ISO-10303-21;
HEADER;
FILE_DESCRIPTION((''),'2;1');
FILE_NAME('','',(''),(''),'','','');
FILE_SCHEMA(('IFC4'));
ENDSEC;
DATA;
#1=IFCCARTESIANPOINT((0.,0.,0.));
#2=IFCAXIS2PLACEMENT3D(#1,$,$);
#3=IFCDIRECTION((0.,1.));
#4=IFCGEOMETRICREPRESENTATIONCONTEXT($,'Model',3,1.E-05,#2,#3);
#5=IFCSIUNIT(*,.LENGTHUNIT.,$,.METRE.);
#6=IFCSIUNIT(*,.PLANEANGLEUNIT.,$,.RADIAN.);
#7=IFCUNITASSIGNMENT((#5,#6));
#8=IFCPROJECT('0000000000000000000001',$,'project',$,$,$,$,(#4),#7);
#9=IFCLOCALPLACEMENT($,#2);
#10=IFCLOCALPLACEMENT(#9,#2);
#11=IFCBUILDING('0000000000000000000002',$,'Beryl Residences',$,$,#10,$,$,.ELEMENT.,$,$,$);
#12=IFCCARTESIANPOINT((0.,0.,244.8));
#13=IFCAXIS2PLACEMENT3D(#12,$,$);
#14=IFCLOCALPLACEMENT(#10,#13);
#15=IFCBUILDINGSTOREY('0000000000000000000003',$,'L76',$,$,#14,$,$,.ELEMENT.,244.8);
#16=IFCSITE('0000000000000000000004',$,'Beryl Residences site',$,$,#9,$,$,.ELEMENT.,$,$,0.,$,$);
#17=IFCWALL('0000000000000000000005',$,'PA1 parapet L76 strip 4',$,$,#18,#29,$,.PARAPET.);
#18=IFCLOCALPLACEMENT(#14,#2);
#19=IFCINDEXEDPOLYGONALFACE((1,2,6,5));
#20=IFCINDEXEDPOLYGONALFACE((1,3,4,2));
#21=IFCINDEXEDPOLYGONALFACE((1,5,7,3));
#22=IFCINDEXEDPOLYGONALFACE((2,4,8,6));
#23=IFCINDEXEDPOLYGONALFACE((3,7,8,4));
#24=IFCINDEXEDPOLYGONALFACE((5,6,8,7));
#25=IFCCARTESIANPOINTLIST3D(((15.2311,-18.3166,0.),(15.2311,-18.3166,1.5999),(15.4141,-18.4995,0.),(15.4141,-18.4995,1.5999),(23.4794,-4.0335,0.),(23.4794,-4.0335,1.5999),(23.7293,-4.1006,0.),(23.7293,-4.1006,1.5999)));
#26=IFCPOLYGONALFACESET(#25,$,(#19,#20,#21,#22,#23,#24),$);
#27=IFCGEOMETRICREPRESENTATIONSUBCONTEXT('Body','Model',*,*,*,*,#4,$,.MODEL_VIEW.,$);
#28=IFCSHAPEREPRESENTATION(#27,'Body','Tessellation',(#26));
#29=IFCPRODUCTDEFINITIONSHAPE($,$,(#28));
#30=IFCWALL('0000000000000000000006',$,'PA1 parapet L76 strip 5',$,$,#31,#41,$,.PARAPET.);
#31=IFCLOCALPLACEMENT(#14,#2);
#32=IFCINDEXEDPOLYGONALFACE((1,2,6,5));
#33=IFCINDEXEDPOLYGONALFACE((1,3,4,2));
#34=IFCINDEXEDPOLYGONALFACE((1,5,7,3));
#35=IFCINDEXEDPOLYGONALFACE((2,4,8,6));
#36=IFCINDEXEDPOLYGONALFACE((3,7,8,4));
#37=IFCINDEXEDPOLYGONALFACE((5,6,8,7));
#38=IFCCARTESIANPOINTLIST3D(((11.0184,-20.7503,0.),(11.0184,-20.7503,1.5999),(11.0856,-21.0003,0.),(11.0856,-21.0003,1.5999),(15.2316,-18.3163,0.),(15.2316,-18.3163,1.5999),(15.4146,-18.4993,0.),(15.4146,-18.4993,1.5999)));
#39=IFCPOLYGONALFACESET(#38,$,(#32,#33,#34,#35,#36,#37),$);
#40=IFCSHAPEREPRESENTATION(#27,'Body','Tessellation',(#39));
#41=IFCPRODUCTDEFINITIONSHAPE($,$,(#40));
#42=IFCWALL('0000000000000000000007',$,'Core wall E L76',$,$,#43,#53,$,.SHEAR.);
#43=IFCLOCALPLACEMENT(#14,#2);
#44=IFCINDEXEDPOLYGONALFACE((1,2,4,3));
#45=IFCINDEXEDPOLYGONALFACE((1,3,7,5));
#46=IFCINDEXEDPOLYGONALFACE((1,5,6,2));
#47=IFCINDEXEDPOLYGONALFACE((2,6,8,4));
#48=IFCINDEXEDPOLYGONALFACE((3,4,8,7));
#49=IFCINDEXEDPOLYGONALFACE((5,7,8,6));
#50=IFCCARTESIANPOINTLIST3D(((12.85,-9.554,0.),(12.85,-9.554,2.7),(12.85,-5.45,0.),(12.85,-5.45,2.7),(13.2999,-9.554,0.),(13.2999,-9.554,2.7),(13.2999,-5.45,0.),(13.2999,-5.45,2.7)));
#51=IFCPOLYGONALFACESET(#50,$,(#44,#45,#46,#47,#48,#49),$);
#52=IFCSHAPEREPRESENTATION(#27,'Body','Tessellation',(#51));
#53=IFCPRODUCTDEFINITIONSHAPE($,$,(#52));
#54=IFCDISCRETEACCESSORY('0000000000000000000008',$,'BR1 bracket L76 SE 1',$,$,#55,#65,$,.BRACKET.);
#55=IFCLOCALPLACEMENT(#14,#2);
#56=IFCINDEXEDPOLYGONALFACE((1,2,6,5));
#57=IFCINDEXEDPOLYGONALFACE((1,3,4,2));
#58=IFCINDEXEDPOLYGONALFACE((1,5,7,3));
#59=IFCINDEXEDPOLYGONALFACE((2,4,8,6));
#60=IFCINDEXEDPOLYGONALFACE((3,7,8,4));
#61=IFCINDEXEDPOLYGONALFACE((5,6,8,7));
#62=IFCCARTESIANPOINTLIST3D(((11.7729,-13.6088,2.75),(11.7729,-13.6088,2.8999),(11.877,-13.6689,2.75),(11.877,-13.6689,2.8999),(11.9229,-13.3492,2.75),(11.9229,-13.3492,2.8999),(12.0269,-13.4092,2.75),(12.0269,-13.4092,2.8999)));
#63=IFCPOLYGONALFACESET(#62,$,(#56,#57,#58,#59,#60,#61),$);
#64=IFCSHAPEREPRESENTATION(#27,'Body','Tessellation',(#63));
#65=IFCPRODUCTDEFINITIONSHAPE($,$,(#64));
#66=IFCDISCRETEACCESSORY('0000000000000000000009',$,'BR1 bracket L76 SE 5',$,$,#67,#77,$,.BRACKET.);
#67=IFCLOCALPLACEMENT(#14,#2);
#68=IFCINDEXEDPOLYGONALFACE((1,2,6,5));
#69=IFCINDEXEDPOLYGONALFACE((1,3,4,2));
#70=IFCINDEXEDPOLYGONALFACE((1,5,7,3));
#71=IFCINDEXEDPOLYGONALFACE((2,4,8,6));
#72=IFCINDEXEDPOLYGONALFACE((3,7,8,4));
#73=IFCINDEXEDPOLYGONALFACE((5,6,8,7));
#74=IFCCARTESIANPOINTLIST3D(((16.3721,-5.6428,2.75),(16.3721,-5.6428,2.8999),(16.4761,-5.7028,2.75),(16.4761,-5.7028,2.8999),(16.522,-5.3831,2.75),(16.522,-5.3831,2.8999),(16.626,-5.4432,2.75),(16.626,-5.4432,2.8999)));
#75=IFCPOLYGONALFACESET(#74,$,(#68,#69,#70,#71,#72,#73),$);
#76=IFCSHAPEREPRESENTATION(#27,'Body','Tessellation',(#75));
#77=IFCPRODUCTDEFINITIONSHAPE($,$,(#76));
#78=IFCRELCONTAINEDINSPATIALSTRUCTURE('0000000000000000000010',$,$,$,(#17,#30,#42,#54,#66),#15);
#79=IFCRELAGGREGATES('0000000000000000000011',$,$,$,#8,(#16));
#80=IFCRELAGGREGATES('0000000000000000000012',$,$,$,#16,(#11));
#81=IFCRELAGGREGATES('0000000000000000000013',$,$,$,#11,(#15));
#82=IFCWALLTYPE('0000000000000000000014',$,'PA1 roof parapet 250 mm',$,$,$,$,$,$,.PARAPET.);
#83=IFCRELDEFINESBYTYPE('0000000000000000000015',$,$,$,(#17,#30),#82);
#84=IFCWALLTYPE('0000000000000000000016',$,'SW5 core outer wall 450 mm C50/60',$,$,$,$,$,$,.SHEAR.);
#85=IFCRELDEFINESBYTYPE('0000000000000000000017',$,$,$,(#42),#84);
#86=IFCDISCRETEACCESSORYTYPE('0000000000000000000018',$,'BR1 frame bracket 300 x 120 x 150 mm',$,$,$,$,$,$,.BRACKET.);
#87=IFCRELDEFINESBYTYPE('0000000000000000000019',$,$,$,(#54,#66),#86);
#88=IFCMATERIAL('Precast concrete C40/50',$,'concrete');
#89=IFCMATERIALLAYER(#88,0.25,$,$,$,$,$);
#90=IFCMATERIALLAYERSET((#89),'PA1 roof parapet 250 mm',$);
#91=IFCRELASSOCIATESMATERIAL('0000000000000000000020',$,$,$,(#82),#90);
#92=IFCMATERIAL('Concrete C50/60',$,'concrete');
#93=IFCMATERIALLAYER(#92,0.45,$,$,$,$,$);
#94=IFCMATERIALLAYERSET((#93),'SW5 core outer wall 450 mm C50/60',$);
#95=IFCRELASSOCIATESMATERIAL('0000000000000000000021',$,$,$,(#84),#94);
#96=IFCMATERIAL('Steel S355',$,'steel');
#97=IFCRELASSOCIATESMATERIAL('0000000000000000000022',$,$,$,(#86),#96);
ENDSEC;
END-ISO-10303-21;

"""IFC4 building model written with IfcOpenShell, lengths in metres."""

from ifc_helpers import new_model, si_unit, direction, frame, frame_2d, origin, place, context, subcontext, project, spatial, polyline, rectangle, outline, extrude, source, transform, mapped, material, layer, layer_set, type_object, type_shapes, element, save


model = new_model("IFC4")

# Units and contexts
model_context = context("Model", 3, precision=1e-05, world=origin(), true_north=direction((0.0, 1.0)))
body_context = subcontext(model_context, "Body", "Model", "MODEL_VIEW")
ifc_project = project(units=[si_unit("LENGTHUNIT", "METRE"), si_unit("PLANEANGLEUNIT", "RADIAN")], contexts=[model_context])

# Site, building, storey
site_placement = place(None, origin())
site = spatial("IfcSite", under=ifc_project, at=site_placement, Name="Beryl Residences site", CompositionType="ELEMENT", RefElevation=0.0)
building_placement = place(site_placement, origin())
building = spatial("IfcBuilding", under=site, at=building_placement, Name="Beryl Residences", CompositionType="ELEMENT")
storey_placement = place(building_placement, frame((0.0, 0.0, 244.8)))
storey = spatial("IfcBuildingStorey", under=building, at=storey_placement, Name="L76", CompositionType="ELEMENT", Elevation=244.8)

# Walls
ifc_material_1 = material(Name="Precast concrete C40/50", Category="concrete")
ifc_layer_1 = layer(ifc_material_1, 0.25)
ifc_layer_set_1 = layer_set([ifc_layer_1], Name="PA1 roof parapet 250 mm")
wall_type_1 = type_object("IfcWallType", Name="PA1 roof parapet 250 mm", PredefinedType="PARAPET", material=ifc_layer_set_1)
wall_1_placement = place(storey_placement, frame((23.6211, -4.0381, 0.0), z_axis=(0.0, 0.0, 1.0), x_axis=(-0.500088, -0.865974, 0.0)))
element("IfcWall", 1, at=wall_1_placement, inside=storey, type_object=wall_type_1, Name="PA1 parapet L76 strip 4", PredefinedType="PARAPET", context=body_context, shape_type="SweptSolid", body=[
    extrude(outline(polyline([(0.0669, -0.125), (16.5605, -0.125), (16.6274, 0.125), (0.0, 0.125), (0.0669, -0.125)])), origin(), (0.0, 0.0, 1.0), 1.5999),
])
wall_2_placement = place(storey_placement, frame((15.3521, -18.3911, 0.0), z_axis=(0.0, 0.0, 1.0), x_axis=(-0.86589, -0.500235, 0.0)))
element("IfcWall", 2, at=wall_2_placement, inside=storey, type_object=wall_type_1, Name="PA1 parapet L76 strip 5", PredefinedType="PARAPET", context=body_context, shape_type="SweptSolid", body=[
    extrude(outline(polyline([(0.0669, -0.125), (4.9326, -0.125), (4.9995, 0.125), (0.0, 0.125), (0.0669, -0.125)])), origin(), (0.0, 0.0, 1.0), 1.5999),
])
ifc_material_2 = material(Name="Concrete C50/60", Category="concrete")
ifc_layer_2 = layer(ifc_material_2, 0.45)
ifc_layer_set_2 = layer_set([ifc_layer_2], Name="SW5 core outer wall 450 mm C50/60")
wall_type_2 = type_object("IfcWallType", Name="SW5 core outer wall 450 mm C50/60", PredefinedType="SHEAR", material=ifc_layer_set_2)
wall_3_placement = place(storey_placement, frame((13.075, -9.554, 0.0), z_axis=(0.0, 0.0, 1.0), x_axis=(0.0, 1.0, 0.0)))
element("IfcWall", 3, at=wall_3_placement, inside=storey, type_object=wall_type_2, Name="Core wall E L76", PredefinedType="SHEAR", context=body_context, shape_type="SweptSolid", body=[
    extrude(rectangle(XDim=4.104, YDim=0.45, at=frame_2d((2.052, 0.0))), origin(), (0.0, 0.0, 1.0), 2.7),
])

# Discrete accessories
ifc_material_3 = material(Name="Steel S355", Category="steel")
discrete_accessory_type = type_object("IfcDiscreteAccessoryType", Name="BR1 frame bracket 300 x 120 x 150 mm", PredefinedType="BRACKET", material=ifc_material_3)
shared_shape_1 = source(origin(), body_context, "Body", "SweptSolid", [
    extrude(outline(polyline([(-0.1499, 0.0), (0.1499, 0.0), (0.1499, 0.1201), (-0.1499, 0.1201), (-0.1499, 0.0)])), origin(), (0.0, 0.0, 1.0), 0.1499),
])
type_shapes(discrete_accessory_type, [shared_shape_1])
for number, where, z_axis, x_axis, name in (
    (4, (11.8479, -13.479, 2.75), (0.0, 0.0, 1.0), (-0.5, -0.866025, 0.0), "BR1 bracket L76 SE 1"),
    (5, (16.447, -5.5129, 2.75), (0.0, 0.0, 1.0), (-0.5, -0.866025, 0.0), "BR1 bracket L76 SE 5"),
):
    element("IfcDiscreteAccessory", number, at=place(storey_placement, frame(where, z_axis=z_axis, x_axis=x_axis)), inside=storey, type_object=discrete_accessory_type, Name=name, PredefinedType="BRACKET", context=body_context, shape_type="MappedRepresentation", body=[
        mapped(shared_shape_1, transform((0.0, 0.0, 0.0))),
    ])

save(model, "model.ifc")
